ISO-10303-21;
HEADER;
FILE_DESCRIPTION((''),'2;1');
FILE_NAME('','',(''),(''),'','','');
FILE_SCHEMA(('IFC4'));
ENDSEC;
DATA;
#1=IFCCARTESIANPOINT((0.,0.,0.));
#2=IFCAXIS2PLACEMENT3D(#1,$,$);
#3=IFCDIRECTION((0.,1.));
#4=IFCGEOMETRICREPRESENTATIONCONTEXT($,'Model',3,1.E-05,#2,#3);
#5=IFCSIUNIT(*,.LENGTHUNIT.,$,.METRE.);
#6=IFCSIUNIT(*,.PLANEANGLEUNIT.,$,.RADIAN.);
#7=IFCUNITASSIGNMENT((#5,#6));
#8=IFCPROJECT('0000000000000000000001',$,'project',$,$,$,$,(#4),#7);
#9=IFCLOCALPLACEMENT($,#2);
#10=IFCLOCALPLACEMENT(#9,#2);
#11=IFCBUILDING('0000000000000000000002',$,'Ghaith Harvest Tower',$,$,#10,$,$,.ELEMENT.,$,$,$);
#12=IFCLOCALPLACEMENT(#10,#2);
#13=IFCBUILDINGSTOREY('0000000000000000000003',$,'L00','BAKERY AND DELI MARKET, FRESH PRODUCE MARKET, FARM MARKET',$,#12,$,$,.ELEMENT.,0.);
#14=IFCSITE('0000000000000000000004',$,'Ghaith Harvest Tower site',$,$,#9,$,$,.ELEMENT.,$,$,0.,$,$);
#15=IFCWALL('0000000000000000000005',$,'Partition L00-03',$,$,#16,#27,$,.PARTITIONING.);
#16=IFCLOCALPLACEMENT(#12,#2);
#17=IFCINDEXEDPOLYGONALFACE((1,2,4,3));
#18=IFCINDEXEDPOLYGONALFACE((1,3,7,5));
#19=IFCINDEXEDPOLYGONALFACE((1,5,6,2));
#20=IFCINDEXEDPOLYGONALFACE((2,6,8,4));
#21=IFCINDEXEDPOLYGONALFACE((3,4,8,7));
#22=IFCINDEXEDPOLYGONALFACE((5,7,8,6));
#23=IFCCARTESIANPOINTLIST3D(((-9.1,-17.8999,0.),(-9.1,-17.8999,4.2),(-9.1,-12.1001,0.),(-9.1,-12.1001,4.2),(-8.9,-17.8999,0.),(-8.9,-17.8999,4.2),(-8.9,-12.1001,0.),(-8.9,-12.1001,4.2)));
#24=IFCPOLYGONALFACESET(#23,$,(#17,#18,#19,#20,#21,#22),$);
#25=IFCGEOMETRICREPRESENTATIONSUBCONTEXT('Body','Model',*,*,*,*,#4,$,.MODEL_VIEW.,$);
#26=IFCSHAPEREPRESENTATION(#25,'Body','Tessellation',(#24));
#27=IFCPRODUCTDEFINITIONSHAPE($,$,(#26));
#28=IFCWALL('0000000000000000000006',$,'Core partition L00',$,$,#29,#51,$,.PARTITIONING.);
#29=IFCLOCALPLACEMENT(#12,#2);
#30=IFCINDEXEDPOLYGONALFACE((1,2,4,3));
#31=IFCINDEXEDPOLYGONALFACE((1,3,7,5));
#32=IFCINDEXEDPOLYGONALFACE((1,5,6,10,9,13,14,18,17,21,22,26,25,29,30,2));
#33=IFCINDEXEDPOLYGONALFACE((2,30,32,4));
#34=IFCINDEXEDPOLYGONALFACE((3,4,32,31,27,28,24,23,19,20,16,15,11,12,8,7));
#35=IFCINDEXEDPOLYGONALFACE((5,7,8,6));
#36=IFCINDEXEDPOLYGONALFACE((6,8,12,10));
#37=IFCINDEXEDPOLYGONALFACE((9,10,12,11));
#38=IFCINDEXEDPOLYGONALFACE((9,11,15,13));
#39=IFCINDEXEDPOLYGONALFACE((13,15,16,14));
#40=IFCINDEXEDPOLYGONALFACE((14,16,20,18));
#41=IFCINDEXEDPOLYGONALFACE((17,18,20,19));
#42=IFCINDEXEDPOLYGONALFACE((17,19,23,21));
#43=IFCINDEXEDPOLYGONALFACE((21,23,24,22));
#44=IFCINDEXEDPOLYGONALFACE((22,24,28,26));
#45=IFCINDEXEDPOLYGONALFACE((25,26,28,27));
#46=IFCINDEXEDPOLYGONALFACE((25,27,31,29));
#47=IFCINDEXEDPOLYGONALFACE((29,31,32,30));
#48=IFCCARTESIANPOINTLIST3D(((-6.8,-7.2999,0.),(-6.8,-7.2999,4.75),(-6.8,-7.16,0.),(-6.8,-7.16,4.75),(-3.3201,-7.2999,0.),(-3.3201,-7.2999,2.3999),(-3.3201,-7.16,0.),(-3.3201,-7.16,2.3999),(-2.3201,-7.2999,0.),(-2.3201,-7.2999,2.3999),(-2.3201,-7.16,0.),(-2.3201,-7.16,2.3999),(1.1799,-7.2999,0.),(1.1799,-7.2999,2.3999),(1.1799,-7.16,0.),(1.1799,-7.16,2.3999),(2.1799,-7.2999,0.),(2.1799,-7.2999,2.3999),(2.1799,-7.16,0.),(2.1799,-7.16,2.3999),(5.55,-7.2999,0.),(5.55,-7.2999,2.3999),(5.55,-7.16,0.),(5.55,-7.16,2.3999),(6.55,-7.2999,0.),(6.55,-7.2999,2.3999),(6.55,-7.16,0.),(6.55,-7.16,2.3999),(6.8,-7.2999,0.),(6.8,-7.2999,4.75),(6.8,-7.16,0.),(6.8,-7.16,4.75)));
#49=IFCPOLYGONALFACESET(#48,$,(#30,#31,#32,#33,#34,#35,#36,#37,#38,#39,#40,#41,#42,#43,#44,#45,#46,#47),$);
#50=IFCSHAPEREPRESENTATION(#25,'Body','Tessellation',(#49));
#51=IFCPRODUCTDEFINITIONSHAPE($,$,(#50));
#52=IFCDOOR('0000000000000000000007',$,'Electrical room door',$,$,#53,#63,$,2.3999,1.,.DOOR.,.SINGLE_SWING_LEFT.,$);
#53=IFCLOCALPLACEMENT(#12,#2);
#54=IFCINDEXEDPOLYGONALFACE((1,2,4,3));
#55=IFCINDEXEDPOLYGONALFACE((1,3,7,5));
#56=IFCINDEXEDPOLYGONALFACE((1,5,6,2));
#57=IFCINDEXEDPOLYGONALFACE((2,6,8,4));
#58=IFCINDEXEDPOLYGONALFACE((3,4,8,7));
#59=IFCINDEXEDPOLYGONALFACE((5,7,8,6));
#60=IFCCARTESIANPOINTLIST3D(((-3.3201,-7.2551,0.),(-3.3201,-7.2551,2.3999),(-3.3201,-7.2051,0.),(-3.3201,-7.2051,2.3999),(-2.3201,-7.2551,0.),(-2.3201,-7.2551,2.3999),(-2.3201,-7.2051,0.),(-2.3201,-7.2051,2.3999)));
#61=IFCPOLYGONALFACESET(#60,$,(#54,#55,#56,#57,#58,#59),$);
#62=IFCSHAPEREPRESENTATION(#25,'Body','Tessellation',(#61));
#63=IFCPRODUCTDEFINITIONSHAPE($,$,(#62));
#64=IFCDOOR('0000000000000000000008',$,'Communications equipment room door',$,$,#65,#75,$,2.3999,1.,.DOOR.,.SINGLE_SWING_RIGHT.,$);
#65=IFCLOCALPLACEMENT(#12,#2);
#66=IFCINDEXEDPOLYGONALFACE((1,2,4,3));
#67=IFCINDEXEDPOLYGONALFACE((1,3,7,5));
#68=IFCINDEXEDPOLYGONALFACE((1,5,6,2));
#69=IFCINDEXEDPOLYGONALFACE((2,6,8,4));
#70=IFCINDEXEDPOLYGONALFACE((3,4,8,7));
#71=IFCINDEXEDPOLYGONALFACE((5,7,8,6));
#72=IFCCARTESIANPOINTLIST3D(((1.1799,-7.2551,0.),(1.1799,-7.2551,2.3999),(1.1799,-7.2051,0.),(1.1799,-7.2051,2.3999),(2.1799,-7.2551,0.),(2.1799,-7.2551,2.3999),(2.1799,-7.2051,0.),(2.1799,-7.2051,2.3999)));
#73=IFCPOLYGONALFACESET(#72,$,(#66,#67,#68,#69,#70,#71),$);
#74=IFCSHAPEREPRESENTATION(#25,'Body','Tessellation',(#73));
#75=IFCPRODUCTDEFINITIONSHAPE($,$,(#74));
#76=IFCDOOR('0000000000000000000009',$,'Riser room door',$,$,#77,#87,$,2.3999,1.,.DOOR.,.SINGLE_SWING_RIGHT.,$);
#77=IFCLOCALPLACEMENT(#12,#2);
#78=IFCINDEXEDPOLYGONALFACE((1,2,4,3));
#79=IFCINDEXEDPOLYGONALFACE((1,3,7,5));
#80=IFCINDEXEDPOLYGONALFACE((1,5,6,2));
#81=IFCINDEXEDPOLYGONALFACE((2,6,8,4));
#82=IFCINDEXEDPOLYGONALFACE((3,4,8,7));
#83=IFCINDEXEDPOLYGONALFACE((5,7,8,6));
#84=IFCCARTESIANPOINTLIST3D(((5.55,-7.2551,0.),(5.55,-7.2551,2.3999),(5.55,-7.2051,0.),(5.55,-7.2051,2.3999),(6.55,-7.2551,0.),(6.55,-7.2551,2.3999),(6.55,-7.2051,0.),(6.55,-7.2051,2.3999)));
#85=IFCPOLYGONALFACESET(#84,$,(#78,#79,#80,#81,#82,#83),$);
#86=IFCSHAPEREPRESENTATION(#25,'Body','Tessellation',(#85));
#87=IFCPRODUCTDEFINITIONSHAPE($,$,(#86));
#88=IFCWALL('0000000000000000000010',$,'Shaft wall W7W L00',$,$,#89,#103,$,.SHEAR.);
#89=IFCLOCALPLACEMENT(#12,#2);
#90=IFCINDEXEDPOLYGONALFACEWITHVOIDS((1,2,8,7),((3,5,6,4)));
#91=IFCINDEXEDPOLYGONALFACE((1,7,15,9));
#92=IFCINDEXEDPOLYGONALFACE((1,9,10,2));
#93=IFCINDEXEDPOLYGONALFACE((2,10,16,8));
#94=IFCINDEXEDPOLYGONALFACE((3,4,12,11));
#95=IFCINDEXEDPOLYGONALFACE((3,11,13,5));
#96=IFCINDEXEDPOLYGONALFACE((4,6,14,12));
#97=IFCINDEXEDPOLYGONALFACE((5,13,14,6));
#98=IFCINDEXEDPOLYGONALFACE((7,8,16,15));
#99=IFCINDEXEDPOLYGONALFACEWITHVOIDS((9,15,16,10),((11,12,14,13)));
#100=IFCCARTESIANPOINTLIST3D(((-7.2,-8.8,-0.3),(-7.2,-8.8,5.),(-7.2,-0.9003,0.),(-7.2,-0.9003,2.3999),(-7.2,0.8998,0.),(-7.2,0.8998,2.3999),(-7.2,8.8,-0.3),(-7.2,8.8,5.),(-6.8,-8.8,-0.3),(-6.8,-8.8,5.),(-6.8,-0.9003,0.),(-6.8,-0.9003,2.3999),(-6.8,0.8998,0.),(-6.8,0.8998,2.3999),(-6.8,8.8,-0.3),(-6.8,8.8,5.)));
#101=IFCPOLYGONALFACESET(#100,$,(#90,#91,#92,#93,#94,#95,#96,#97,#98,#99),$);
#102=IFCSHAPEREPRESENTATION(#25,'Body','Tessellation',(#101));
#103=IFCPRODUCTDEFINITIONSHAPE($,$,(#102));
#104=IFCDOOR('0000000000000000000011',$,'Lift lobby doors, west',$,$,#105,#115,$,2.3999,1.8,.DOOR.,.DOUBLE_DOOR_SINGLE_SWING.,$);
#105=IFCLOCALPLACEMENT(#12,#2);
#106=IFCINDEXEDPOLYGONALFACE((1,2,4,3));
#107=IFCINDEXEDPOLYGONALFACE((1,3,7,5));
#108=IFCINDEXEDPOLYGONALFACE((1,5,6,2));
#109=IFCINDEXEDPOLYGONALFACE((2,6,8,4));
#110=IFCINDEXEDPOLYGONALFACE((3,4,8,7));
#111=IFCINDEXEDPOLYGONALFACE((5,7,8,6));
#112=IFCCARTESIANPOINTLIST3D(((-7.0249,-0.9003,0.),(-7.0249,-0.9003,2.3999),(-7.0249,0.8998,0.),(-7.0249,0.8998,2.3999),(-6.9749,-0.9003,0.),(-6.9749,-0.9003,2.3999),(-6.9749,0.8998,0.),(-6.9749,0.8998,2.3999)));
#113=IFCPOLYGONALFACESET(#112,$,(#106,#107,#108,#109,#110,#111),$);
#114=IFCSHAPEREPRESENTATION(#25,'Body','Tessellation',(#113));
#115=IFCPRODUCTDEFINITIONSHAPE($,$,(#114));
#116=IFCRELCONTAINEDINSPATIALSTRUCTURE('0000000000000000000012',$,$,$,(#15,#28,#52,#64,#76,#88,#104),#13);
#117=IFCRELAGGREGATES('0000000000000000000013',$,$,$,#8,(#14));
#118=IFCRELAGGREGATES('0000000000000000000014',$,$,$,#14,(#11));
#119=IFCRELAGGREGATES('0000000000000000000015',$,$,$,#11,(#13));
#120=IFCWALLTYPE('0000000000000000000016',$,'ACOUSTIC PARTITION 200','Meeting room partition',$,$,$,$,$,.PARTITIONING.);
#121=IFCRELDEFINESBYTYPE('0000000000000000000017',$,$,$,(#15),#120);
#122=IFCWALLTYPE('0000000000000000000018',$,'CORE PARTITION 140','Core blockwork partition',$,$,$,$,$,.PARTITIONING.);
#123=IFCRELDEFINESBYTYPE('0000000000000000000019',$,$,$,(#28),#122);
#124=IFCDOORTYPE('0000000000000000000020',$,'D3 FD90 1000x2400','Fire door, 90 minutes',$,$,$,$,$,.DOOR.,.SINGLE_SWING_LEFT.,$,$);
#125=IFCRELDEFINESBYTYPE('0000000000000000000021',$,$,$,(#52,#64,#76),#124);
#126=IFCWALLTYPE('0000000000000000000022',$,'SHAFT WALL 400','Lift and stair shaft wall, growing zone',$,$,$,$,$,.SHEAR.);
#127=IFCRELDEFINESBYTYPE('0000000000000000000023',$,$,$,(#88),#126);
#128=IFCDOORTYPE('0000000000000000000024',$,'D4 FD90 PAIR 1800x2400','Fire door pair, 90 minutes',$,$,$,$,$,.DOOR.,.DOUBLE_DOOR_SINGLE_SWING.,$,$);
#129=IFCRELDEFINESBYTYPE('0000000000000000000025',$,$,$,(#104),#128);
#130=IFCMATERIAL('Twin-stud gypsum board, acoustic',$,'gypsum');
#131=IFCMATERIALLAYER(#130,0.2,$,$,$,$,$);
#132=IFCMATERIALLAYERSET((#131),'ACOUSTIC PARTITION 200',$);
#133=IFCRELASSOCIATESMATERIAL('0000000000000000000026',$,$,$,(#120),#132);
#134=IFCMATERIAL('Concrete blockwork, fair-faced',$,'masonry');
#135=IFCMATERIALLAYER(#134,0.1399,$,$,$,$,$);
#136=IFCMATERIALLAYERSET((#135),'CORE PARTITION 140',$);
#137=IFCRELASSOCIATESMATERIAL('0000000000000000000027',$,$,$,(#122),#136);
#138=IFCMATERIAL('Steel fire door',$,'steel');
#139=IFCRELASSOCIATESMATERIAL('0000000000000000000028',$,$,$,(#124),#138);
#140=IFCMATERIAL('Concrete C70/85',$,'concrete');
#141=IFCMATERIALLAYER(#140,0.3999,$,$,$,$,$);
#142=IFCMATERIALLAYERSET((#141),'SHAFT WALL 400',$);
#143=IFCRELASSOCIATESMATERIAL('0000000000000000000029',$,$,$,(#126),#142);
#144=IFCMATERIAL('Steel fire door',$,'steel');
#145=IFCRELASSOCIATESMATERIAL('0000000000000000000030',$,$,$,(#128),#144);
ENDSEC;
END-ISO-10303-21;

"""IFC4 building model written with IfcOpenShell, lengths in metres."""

from ifc_helpers import new_model, si_unit, direction, frame, frame_2d, origin, place, context, subcontext, project, spatial, rectangle, extrude, material, layer, layer_set, type_object, element, fill, save


model = new_model("IFC4")

# Units and contexts
model_context = context("Model", 3, precision=1e-05, world=origin(), true_north=direction((0.0, 1.0)))
body_context = subcontext(model_context, "Body", "Model", "MODEL_VIEW")
ifc_project = project(units=[si_unit("LENGTHUNIT", "METRE"), si_unit("PLANEANGLEUNIT", "RADIAN")], contexts=[model_context])

# Site, building, storey
site_placement = place(None, origin())
site = spatial("IfcSite", under=ifc_project, at=site_placement, Name="Ghaith Harvest Tower site", CompositionType="ELEMENT", RefElevation=0.0)
building_placement = place(site_placement, origin())
building = spatial("IfcBuilding", under=site, at=building_placement, Name="Ghaith Harvest Tower", CompositionType="ELEMENT")
storey_placement = place(building_placement, origin())
storey = spatial("IfcBuildingStorey", under=building, at=storey_placement, Name="L00", Description="BAKERY AND DELI MARKET, FRESH PRODUCE MARKET, FARM MARKET", CompositionType="ELEMENT", Elevation=0.0)

# Wall
ifc_material_1 = material(Name="Twin-stud gypsum board, acoustic", Category="gypsum")
ifc_layer_1 = layer(ifc_material_1, 0.2)
ifc_layer_set_1 = layer_set([ifc_layer_1], Name="ACOUSTIC PARTITION 200")
wall_type_1 = type_object("IfcWallType", Name="ACOUSTIC PARTITION 200", Description="Meeting room partition", PredefinedType="PARTITIONING", material=ifc_layer_set_1)
wall_1_placement = place(storey_placement, frame((-9.0, -17.8999, 0.0), z_axis=(0.0, 0.0, 1.0), x_axis=(0.0, 1.0, 0.0)))
element("IfcWall", 1, at=wall_1_placement, inside=storey, type_object=wall_type_1, Name="Partition L00-03", PredefinedType="PARTITIONING", context=body_context, shape_type="SweptSolid", body=[
    extrude(rectangle(XDim=5.7998, YDim=0.2, at=frame_2d((2.8999, 0.0))), origin(), (0.0, 0.0, 1.0), 4.2),
])

# Wall, openings, doors
ifc_material_2 = material(Name="Concrete blockwork, fair-faced", Category="masonry")
ifc_layer_2 = layer(ifc_material_2, 0.1399)
ifc_layer_set_2 = layer_set([ifc_layer_2], Name="CORE PARTITION 140")
wall_type_2 = type_object("IfcWallType", Name="CORE PARTITION 140", Description="Core blockwork partition", PredefinedType="PARTITIONING", material=ifc_layer_set_2)
wall_2_placement = place(storey_placement, frame((-6.8, -7.23, 0.0), z_axis=(0.0, 0.0, 1.0), x_axis=(1.0, 0.0, 0.0)))
wall_2 = element("IfcWall", 2, at=wall_2_placement, inside=storey, type_object=wall_type_2, Name="Core partition L00", PredefinedType="PARTITIONING", context=body_context, shape_type="SweptSolid", body=[
    extrude(rectangle(XDim=13.6001, YDim=0.1399, at=frame_2d((6.8, 0.0))), origin(), (0.0, 0.0, 1.0), 4.75),
])
opening_1_placement = place(wall_2_placement, frame((3.48, 0.0, 0.0)))
opening_1 = element("IfcOpeningElement", 3, at=opening_1_placement, cuts=wall_2, PredefinedType="OPENING", context=body_context, shape_type="SweptSolid", body=[
    extrude(rectangle(XDim=1.0, YDim=2.3999, at=frame_2d((0.5, 1.2))), frame((0.0, 0.0801, 0.0), z_axis=(0.0, -1.0, 0.0), x_axis=(1.0, 0.0, 0.0)), (0.0, 0.0, 1.0), 0.1599),
])
opening_2_placement = place(wall_2_placement, frame((7.98, 0.0, 0.0)))
opening_2 = element("IfcOpeningElement", 4, at=opening_2_placement, cuts=wall_2, PredefinedType="OPENING", context=body_context, shape_type="SweptSolid", body=[
    extrude(rectangle(XDim=1.0, YDim=2.3999, at=frame_2d((0.5, 1.2))), frame((0.0, 0.0801, 0.0), z_axis=(0.0, -1.0, 0.0), x_axis=(1.0, 0.0, 0.0)), (0.0, 0.0, 1.0), 0.1599),
])
opening_3_placement = place(wall_2_placement, frame((12.3501, 0.0, 0.0)))
opening_3 = element("IfcOpeningElement", 5, at=opening_3_placement, cuts=wall_2, PredefinedType="OPENING", context=body_context, shape_type="SweptSolid", body=[
    extrude(rectangle(XDim=1.0, YDim=2.3999, at=frame_2d((0.5, 1.2))), frame((0.0, 0.0801, 0.0), z_axis=(0.0, -1.0, 0.0), x_axis=(1.0, 0.0, 0.0)), (0.0, 0.0, 1.0), 0.1599),
])
ifc_material_3 = material(Name="Steel fire door", Category="steel")
door_type_1 = type_object("IfcDoorType", Name="D3 FD90 1000x2400", Description="Fire door, 90 minutes", OperationType="SINGLE_SWING_LEFT", PredefinedType="DOOR", material=ifc_material_3)
door_1_placement = place(opening_1_placement, origin())
door_1 = element("IfcDoor", 6, at=door_1_placement, inside=storey, type_object=door_type_1, Name="Electrical room door", OperationType="SINGLE_SWING_LEFT", OverallHeight=2.3999, OverallWidth=1.0, PredefinedType="DOOR", context=body_context, shape_type="SweptSolid", body=[
    extrude(rectangle(XDim=1.0, YDim=2.3999, at=frame_2d((0.5, 1.2))), frame((0.0, 0.0249, 0.0), z_axis=(0.0, -1.0, 0.0), x_axis=(1.0, 0.0, 0.0)), (0.0, 0.0, 1.0), 0.05),
])
fill(opening_1, door_1)
door_2_placement = place(opening_2_placement, origin())
door_2 = element("IfcDoor", 7, at=door_2_placement, inside=storey, type_object=door_type_1, Name="Communications equipment room door", OperationType="SINGLE_SWING_RIGHT", OverallHeight=2.3999, OverallWidth=1.0, PredefinedType="DOOR", context=body_context, shape_type="SweptSolid", body=[
    extrude(rectangle(XDim=1.0, YDim=2.3999, at=frame_2d((0.5, 1.2))), frame((0.0, 0.0249, 0.0), z_axis=(0.0, -1.0, 0.0), x_axis=(1.0, 0.0, 0.0)), (0.0, 0.0, 1.0), 0.05),
])
fill(opening_2, door_2)
door_3_placement = place(opening_3_placement, origin())
door_3 = element("IfcDoor", 8, at=door_3_placement, inside=storey, type_object=door_type_1, Name="Riser room door", OperationType="SINGLE_SWING_RIGHT", OverallHeight=2.3999, OverallWidth=1.0, PredefinedType="DOOR", context=body_context, shape_type="SweptSolid", body=[
    extrude(rectangle(XDim=1.0, YDim=2.3999, at=frame_2d((0.5, 1.2))), frame((0.0, 0.0249, 0.0), z_axis=(0.0, -1.0, 0.0), x_axis=(1.0, 0.0, 0.0)), (0.0, 0.0, 1.0), 0.05),
])
fill(opening_3, door_3)

# Wall, opening, door
ifc_material_4 = material(Name="Concrete C70/85", Category="concrete")
ifc_layer_3 = layer(ifc_material_4, 0.3999)
ifc_layer_set_3 = layer_set([ifc_layer_3], Name="SHAFT WALL 400")
wall_type_3 = type_object("IfcWallType", Name="SHAFT WALL 400", Description="Lift and stair shaft wall, growing zone", PredefinedType="SHEAR", material=ifc_layer_set_3)
wall_3_placement = place(storey_placement, frame((-7.0, -8.8, -0.3), z_axis=(0.0, 0.0, 1.0), x_axis=(0.0, 1.0, 0.0)))
wall_3 = element("IfcWall", 9, at=wall_3_placement, inside=storey, type_object=wall_type_3, Name="Shaft wall W7W L00", PredefinedType="SHEAR", context=body_context, shape_type="SweptSolid", body=[
    extrude(rectangle(XDim=17.6001, YDim=0.3999, at=frame_2d((8.8, 0.0))), origin(), (0.0, 0.0, 1.0), 5.3),
])
opening_4_placement = place(wall_3_placement, frame((7.8999, 0.0, 0.3)))
opening_4 = element("IfcOpeningElement", 10, at=opening_4_placement, cuts=wall_3, PredefinedType="OPENING", context=body_context, shape_type="SweptSolid", body=[
    extrude(rectangle(XDim=1.8, YDim=2.3999, at=frame_2d((0.8999, 1.2))), frame((0.0, 0.21, 0.0), z_axis=(0.0, -1.0, 0.0), x_axis=(1.0, 0.0, 0.0)), (0.0, 0.0, 1.0), 0.4199),
])
ifc_material_5 = material(Name="Steel fire door", Category="steel")
door_type_2 = type_object("IfcDoorType", Name="D4 FD90 PAIR 1800x2400", Description="Fire door pair, 90 minutes", OperationType="DOUBLE_DOOR_SINGLE_SWING", PredefinedType="DOOR", material=ifc_material_5)
door_4_placement = place(opening_4_placement, origin())
door_4 = element("IfcDoor", 11, at=door_4_placement, inside=storey, type_object=door_type_2, Name="Lift lobby doors, west", OperationType="DOUBLE_DOOR_SINGLE_SWING", OverallHeight=2.3999, OverallWidth=1.8, PredefinedType="DOOR", context=body_context, shape_type="SweptSolid", body=[
    extrude(rectangle(XDim=1.8, YDim=2.3999, at=frame_2d((0.8999, 1.2))), frame((0.0, 0.0249, 0.0), z_axis=(0.0, -1.0, 0.0), x_axis=(1.0, 0.0, 0.0)), (0.0, 0.0, 1.0), 0.05),
])
fill(opening_4, door_4)

save(model, "model.ifc")
